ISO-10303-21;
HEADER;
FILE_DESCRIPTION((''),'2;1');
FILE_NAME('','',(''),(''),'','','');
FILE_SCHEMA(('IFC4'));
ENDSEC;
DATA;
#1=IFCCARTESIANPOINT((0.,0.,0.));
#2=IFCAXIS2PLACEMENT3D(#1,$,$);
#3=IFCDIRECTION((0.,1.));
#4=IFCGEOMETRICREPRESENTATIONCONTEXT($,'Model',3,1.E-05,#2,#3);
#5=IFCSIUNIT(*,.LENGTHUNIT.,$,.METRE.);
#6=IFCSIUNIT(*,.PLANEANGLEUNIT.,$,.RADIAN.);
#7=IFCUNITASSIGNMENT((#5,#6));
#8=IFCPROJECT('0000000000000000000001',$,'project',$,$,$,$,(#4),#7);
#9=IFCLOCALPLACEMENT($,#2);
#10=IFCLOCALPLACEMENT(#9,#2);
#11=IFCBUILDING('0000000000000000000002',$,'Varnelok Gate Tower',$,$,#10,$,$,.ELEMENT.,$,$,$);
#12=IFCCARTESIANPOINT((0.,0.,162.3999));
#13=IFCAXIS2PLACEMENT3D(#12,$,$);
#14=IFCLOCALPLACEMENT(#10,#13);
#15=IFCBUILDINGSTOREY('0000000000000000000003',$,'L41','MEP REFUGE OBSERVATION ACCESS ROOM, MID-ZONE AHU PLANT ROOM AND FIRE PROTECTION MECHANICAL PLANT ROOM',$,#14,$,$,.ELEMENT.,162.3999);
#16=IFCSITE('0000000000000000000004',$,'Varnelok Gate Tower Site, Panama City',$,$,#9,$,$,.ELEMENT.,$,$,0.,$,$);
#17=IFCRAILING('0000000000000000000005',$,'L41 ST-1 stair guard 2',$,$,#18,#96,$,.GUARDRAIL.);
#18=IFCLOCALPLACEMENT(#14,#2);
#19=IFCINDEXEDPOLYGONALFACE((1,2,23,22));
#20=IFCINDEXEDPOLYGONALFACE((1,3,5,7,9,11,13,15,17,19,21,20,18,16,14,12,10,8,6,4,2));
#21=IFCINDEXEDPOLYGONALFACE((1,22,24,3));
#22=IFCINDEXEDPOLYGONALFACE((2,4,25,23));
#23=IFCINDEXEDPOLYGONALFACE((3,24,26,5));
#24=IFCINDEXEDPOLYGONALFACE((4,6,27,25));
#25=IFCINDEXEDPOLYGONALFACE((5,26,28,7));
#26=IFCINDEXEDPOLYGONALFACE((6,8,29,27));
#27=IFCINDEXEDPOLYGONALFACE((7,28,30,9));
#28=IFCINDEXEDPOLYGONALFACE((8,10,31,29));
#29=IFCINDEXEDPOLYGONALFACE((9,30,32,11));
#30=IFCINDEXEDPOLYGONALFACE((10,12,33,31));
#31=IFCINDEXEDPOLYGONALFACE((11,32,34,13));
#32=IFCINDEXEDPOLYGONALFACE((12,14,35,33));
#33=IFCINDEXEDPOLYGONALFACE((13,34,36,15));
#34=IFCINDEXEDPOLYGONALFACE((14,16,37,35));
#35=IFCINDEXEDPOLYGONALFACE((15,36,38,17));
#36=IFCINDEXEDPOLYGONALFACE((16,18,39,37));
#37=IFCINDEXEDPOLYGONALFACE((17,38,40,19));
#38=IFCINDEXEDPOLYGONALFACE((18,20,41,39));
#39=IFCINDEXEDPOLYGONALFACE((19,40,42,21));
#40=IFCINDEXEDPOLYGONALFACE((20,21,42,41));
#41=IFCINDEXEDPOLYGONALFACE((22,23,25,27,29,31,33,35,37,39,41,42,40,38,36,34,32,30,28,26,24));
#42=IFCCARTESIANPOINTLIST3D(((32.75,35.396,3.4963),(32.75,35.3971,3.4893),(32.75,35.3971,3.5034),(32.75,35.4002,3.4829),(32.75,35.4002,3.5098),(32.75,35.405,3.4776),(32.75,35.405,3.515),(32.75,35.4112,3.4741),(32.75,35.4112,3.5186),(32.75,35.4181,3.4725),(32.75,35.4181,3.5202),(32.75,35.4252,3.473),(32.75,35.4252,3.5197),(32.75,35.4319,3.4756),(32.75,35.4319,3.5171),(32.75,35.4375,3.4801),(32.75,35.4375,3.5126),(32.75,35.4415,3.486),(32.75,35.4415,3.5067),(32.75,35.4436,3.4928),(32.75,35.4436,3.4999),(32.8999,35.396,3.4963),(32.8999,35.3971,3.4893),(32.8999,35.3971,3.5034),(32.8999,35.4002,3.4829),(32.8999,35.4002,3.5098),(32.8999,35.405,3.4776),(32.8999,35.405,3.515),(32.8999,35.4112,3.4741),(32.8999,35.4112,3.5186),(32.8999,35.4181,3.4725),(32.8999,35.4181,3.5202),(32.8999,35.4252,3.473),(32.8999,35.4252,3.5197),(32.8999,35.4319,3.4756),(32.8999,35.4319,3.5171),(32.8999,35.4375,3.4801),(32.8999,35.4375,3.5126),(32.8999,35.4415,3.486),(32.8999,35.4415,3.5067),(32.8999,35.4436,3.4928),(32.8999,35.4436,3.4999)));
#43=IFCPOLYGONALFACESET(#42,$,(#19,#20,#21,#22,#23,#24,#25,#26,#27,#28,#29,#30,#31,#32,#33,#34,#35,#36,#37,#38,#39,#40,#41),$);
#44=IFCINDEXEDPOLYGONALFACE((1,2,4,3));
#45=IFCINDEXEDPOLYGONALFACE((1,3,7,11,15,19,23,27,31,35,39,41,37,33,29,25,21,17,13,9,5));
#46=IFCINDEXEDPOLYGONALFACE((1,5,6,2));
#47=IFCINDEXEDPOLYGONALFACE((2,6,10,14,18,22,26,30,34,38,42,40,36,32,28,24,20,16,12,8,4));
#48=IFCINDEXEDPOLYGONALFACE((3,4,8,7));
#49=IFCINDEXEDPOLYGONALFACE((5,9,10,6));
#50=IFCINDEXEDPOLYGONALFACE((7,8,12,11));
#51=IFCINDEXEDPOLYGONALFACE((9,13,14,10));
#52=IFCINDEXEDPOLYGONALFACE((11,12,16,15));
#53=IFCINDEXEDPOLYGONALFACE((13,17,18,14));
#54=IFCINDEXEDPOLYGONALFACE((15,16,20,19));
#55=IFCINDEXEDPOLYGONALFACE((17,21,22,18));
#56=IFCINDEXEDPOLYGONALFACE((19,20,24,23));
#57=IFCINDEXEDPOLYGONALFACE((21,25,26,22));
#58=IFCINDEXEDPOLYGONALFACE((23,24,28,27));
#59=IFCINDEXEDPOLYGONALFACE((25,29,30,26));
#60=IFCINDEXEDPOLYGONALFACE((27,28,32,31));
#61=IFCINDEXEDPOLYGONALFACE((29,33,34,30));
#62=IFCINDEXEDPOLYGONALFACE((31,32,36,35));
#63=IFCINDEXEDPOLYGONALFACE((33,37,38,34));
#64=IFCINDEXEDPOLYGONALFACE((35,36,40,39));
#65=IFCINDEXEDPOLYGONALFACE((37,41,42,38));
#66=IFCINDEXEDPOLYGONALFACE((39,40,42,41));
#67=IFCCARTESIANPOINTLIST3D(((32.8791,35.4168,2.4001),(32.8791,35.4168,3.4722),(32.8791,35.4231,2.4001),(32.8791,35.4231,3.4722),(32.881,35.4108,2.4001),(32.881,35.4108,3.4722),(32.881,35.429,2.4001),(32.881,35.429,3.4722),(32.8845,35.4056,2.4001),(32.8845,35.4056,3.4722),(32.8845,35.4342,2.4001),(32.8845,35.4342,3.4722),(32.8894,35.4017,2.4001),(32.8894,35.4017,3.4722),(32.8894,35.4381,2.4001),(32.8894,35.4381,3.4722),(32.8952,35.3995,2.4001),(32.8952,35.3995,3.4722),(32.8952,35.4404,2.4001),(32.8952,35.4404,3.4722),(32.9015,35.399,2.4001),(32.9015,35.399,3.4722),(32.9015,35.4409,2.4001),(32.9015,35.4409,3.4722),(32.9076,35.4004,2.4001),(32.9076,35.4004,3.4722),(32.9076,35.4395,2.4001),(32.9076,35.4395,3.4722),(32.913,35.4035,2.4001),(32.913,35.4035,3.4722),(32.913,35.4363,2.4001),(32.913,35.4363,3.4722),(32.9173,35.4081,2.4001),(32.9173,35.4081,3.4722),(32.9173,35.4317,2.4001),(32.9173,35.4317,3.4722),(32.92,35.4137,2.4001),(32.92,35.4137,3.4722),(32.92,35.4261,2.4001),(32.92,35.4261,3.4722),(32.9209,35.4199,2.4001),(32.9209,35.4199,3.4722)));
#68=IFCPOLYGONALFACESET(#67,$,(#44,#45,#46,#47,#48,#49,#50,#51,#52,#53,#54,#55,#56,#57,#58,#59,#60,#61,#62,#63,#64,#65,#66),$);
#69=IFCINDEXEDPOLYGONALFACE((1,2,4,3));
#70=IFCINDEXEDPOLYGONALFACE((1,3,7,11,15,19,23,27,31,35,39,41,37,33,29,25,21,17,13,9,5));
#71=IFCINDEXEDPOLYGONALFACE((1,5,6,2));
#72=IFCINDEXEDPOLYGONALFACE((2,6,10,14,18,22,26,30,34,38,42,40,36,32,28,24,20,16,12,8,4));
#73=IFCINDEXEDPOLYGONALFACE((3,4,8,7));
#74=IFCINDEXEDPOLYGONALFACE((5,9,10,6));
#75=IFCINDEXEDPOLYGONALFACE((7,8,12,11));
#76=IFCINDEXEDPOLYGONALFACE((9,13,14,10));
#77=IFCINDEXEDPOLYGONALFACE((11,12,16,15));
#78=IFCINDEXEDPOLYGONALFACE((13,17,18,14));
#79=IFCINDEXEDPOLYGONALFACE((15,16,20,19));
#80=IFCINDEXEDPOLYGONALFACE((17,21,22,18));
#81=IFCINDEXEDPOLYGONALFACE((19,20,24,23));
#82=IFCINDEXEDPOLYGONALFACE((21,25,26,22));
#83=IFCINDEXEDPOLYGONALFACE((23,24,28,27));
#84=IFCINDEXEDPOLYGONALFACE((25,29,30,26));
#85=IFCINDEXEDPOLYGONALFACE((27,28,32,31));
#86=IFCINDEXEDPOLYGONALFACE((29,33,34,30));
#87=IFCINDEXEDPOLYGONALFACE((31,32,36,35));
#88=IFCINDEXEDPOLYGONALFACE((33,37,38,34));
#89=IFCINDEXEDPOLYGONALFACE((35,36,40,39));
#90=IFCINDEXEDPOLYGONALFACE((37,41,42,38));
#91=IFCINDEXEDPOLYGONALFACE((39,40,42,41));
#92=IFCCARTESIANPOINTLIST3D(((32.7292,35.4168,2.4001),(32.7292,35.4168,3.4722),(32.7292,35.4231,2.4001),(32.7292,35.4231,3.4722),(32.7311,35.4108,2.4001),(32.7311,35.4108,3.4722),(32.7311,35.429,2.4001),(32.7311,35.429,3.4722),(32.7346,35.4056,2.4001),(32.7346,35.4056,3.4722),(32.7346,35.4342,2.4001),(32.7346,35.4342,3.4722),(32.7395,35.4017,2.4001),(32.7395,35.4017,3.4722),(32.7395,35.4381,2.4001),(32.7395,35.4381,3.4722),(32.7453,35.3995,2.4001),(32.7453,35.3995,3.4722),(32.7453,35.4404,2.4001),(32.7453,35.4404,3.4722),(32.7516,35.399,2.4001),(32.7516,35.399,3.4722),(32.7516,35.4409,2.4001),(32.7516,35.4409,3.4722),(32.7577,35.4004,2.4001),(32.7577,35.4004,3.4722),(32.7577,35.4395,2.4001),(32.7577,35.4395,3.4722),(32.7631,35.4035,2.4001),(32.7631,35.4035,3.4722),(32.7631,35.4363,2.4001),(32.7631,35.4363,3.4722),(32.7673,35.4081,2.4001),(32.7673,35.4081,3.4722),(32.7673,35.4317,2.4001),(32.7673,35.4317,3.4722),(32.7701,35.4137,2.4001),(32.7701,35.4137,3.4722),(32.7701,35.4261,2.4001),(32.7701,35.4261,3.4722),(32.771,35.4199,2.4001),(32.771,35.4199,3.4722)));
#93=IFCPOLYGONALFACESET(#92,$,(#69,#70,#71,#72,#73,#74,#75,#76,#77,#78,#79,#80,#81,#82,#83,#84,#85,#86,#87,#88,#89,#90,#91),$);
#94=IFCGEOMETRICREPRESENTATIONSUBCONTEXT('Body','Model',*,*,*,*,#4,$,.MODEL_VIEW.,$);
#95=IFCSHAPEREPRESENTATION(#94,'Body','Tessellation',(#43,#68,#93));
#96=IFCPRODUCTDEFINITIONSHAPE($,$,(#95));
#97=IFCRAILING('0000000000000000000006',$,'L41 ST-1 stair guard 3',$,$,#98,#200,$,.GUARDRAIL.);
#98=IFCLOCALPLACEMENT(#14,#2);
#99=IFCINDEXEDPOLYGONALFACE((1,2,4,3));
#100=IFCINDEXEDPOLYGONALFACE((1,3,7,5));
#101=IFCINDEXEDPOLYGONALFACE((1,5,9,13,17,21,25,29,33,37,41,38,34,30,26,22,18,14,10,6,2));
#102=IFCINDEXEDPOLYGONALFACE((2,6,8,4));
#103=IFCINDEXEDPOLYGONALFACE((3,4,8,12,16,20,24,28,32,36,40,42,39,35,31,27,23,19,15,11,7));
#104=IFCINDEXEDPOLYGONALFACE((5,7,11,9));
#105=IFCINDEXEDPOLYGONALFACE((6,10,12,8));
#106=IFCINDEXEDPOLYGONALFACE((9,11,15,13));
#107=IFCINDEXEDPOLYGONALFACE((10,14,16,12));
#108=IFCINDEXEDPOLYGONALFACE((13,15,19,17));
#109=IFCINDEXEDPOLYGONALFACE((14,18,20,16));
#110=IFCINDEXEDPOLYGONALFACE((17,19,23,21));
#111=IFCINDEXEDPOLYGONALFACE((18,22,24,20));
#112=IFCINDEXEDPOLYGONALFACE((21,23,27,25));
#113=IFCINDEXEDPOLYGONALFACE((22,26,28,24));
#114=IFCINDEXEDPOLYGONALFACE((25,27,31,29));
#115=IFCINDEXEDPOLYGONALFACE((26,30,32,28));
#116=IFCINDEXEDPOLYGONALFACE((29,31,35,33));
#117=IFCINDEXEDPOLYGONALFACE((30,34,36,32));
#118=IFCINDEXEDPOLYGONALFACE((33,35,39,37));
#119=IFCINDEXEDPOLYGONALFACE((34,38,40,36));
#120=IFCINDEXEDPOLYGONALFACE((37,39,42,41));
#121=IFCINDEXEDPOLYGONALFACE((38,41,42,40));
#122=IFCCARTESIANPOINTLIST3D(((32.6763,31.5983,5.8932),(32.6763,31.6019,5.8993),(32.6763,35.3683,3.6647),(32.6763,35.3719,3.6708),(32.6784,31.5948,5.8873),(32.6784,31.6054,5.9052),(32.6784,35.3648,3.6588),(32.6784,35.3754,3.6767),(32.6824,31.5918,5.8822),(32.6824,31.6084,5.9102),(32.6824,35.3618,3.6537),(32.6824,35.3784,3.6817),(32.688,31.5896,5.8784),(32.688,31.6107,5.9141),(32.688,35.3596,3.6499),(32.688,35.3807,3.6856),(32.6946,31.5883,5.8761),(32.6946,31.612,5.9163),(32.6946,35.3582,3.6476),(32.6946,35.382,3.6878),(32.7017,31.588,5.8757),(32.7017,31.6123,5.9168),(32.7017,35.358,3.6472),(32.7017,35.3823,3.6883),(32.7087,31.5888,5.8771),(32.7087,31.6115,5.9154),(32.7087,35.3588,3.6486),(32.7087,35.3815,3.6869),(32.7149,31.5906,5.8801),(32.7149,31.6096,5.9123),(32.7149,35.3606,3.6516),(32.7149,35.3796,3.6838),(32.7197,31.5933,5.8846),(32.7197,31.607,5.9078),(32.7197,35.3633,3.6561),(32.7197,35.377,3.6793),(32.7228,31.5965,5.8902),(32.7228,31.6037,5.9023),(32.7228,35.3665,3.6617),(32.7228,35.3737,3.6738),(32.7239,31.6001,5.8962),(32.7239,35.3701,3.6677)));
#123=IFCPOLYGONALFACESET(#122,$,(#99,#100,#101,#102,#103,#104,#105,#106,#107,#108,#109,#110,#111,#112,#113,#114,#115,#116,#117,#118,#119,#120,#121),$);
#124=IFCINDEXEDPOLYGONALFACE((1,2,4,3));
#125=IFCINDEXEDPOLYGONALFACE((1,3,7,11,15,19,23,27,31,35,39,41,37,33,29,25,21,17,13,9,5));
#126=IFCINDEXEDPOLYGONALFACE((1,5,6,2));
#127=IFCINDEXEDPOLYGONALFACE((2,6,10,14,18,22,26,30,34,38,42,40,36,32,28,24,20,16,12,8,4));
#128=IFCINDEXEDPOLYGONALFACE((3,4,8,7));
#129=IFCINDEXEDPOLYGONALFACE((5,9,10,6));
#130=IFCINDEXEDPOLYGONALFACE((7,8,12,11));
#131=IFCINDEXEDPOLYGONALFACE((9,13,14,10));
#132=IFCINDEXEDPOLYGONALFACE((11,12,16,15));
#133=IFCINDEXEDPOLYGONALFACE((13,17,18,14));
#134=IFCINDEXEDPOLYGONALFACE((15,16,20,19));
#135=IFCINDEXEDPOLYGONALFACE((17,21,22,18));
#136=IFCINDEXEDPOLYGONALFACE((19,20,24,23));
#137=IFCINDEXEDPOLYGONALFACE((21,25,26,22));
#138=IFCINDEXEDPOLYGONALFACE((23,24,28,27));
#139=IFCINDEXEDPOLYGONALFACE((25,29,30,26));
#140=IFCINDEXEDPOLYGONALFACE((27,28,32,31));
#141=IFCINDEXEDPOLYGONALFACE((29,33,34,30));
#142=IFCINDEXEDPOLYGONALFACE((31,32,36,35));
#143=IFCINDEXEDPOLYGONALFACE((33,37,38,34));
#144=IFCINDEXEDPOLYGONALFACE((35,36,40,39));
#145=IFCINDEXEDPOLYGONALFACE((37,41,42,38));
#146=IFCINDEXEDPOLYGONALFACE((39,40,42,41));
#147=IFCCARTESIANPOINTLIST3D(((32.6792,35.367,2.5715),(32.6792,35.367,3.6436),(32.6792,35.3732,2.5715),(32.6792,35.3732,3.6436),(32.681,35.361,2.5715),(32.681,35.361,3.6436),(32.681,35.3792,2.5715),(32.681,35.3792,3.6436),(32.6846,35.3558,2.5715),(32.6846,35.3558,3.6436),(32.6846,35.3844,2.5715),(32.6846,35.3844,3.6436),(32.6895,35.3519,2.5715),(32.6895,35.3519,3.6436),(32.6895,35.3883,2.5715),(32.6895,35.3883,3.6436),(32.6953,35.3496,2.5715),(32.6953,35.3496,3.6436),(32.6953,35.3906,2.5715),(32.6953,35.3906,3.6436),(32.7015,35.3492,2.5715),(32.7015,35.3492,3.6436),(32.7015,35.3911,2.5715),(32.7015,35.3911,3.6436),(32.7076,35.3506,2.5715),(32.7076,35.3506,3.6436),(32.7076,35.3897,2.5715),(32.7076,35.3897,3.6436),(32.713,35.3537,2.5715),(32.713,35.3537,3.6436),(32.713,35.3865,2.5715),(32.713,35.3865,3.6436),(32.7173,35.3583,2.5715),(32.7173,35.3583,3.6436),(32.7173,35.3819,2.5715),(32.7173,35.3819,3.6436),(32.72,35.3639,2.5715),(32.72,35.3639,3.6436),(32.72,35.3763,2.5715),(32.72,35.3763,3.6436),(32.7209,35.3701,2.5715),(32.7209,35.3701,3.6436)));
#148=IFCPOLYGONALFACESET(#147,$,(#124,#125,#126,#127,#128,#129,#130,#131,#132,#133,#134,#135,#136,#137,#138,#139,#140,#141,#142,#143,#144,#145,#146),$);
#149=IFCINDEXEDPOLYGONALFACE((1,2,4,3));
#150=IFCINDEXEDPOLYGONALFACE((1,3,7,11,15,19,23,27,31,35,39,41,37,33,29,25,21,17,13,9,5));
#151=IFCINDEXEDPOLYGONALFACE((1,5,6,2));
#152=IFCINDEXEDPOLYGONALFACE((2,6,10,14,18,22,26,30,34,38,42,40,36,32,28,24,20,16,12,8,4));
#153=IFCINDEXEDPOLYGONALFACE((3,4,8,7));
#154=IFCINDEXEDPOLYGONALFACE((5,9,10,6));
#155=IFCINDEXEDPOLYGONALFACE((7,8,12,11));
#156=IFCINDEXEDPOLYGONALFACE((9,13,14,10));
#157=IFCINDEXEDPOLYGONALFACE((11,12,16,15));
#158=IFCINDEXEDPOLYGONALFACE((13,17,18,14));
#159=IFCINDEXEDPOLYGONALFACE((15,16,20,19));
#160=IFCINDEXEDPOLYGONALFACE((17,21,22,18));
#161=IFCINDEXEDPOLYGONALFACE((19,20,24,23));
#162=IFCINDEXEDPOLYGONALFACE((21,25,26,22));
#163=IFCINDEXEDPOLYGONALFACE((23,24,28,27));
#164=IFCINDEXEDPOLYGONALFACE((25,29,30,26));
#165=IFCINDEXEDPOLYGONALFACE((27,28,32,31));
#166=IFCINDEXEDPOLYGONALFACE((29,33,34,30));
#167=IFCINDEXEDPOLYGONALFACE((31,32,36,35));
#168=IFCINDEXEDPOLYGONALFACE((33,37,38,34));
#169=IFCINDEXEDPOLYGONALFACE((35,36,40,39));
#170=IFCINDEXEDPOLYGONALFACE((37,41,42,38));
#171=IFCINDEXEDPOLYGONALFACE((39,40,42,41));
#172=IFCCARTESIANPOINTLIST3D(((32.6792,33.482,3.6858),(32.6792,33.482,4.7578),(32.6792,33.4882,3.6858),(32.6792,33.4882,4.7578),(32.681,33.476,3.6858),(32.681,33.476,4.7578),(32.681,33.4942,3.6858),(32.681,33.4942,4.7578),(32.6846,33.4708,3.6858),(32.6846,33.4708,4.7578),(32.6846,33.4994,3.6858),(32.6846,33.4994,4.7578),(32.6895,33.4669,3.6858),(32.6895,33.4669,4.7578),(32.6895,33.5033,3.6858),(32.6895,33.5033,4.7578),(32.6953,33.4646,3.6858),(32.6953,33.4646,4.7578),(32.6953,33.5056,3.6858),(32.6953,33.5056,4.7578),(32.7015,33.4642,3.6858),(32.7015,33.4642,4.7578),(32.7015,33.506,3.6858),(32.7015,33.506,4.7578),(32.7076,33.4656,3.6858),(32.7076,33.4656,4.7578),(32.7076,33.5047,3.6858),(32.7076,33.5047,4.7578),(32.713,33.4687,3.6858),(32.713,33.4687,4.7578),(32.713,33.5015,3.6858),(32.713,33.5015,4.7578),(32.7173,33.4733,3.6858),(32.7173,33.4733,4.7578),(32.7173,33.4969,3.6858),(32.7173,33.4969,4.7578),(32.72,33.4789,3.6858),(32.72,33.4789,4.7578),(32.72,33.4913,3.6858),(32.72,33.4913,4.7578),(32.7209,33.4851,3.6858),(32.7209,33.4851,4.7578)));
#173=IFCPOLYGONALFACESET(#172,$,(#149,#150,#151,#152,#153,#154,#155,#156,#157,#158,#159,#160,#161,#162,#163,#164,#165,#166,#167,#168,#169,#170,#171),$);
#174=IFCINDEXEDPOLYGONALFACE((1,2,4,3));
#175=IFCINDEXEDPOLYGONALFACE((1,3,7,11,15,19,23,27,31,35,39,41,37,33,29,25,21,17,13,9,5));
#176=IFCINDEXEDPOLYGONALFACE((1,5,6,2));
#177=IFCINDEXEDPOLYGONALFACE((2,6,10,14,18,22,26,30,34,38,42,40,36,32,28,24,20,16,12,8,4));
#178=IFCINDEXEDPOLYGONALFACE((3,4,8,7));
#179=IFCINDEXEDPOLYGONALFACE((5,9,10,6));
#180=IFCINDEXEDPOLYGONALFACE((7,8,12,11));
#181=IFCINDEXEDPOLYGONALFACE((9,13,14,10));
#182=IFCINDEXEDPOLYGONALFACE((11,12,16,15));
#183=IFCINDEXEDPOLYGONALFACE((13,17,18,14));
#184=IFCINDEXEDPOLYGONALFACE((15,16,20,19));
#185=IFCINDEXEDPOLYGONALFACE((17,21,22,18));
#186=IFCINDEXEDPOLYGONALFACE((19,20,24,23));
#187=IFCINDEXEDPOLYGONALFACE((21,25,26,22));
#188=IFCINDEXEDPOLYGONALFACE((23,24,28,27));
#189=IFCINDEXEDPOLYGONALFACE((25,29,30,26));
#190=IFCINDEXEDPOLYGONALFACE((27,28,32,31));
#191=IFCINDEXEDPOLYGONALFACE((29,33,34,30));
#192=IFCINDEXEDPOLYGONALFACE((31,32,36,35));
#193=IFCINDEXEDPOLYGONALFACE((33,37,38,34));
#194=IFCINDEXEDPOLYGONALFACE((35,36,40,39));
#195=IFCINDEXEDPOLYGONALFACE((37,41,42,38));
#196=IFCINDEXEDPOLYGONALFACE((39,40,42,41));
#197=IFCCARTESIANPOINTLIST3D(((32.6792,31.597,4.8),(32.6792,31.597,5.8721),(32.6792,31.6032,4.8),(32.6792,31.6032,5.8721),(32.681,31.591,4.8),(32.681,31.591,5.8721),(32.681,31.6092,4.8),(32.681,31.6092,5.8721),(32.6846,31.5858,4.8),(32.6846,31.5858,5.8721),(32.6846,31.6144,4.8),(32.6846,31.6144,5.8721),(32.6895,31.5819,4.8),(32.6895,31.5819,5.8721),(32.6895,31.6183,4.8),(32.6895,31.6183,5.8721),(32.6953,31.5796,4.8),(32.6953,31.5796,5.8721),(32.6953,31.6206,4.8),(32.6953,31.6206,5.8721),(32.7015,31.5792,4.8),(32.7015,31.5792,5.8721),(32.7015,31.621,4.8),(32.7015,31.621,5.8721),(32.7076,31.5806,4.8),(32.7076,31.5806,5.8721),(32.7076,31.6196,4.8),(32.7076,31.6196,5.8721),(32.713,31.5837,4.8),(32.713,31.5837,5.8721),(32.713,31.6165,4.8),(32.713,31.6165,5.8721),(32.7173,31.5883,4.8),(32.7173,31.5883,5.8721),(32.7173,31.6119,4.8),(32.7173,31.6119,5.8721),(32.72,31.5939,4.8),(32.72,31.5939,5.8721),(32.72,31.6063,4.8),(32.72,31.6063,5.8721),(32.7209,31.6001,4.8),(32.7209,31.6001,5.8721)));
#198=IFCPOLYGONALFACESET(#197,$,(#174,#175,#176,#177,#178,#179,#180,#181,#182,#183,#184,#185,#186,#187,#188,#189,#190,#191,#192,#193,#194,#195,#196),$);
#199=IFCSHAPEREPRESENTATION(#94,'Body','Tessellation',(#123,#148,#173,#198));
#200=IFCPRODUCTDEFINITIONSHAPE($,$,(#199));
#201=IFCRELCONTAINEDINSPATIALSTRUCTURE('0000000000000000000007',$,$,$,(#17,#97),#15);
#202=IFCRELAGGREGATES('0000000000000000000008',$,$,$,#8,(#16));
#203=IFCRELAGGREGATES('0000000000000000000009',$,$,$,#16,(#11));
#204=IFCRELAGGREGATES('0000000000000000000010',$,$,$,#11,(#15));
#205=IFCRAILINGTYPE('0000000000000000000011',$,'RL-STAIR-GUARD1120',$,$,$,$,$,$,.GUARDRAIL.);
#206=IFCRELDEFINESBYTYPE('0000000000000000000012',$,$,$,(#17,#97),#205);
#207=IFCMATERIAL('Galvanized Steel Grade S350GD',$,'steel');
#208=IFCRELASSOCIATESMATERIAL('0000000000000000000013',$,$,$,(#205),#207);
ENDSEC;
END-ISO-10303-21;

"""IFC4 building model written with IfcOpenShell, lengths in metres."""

from ifc_helpers import new_model, si_unit, direction, frame, origin, origin_2d, place, context, subcontext, project, spatial, circle, extrude, material, type_object, element, save


model = new_model("IFC4")

# Units and contexts
model_context = context("Model", 3, precision=1e-05, world=origin(), true_north=direction((0.0, 1.0)))
body_context = subcontext(model_context, "Body", "Model", "MODEL_VIEW")
ifc_project = project(units=[si_unit("LENGTHUNIT", "METRE"), si_unit("PLANEANGLEUNIT", "RADIAN")], contexts=[model_context])

# Site, building, storey
site_placement = place(None, origin())
site = spatial("IfcSite", under=ifc_project, at=site_placement, Name="Varnelok Gate Tower Site, Panama City", CompositionType="ELEMENT", RefElevation=0.0)
building_placement = place(site_placement, origin())
building = spatial("IfcBuilding", under=site, at=building_placement, Name="Varnelok Gate Tower", CompositionType="ELEMENT")
storey_placement = place(building_placement, frame((0.0, 0.0, 162.3999)))
storey = spatial("IfcBuildingStorey", under=building, at=storey_placement, Name="L41", Description="MEP REFUGE OBSERVATION ACCESS ROOM, MID-ZONE AHU PLANT ROOM AND FIRE PROTECTION MECHANICAL PLANT ROOM", CompositionType="ELEMENT", Elevation=162.3999)

# Shared definitions
ifc_material_1 = material(Name="Galvanized Steel Grade S350GD", Category="steel")

# Railings
railing_type = type_object("IfcRailingType", Name="RL-STAIR-GUARD1120", PredefinedType="GUARDRAIL", material=ifc_material_1)
railing_1_placement = place(storey_placement, frame((32.8999, 35.4199, 2.4001)))
element("IfcRailing", 1, at=railing_1_placement, inside=storey, type_object=railing_type, Name="L41 ST-1 stair guard 2", PredefinedType="GUARDRAIL", context=body_context, shape_type="SweptSolid", body=[
    extrude(circle(Radius=0.0239, at=origin_2d()), frame((0.0, 0.0, 1.0962), z_axis=(-1.0, 0.0, 0.0), x_axis=(0.0, -1.0, 0.0)), (0.0, 0.0, 1.0), 0.1499),
    extrude(circle(Radius=0.021, at=origin_2d()), origin(), (0.0, 0.0, 1.0), 1.072),
    extrude(circle(Radius=0.021, at=origin_2d()), frame((-0.1499, 0.0, 0.0)), (0.0, 0.0, 1.0), 1.072),
])
railing_2_placement = place(storey_placement, frame((32.7, 35.3701, 2.5715)))
element("IfcRailing", 2, at=railing_2_placement, inside=storey, type_object=railing_type, Name="L41 ST-1 stair guard 3", PredefinedType="GUARDRAIL", context=body_context, shape_type="SweptSolid", body=[
    extrude(circle(Radius=0.0239, at=origin_2d()), frame((0.0, 0.0, 1.0962), z_axis=(0.0, -0.860849, 0.508861), x_axis=(1.0, 0.0, 0.0)), (0.0, 0.0, 1.0), 4.3794),
    extrude(circle(Radius=0.021, at=origin_2d()), origin(), (0.0, 0.0, 1.0), 1.072),
    extrude(circle(Radius=0.021, at=origin_2d()), frame((0.0, -1.885, 1.1143)), (0.0, 0.0, 1.0), 1.072),
    extrude(circle(Radius=0.021, at=origin_2d()), frame((0.0, -3.77, 2.2285)), (0.0, 0.0, 1.0), 1.072),
])

save(model, "model.ifc")
